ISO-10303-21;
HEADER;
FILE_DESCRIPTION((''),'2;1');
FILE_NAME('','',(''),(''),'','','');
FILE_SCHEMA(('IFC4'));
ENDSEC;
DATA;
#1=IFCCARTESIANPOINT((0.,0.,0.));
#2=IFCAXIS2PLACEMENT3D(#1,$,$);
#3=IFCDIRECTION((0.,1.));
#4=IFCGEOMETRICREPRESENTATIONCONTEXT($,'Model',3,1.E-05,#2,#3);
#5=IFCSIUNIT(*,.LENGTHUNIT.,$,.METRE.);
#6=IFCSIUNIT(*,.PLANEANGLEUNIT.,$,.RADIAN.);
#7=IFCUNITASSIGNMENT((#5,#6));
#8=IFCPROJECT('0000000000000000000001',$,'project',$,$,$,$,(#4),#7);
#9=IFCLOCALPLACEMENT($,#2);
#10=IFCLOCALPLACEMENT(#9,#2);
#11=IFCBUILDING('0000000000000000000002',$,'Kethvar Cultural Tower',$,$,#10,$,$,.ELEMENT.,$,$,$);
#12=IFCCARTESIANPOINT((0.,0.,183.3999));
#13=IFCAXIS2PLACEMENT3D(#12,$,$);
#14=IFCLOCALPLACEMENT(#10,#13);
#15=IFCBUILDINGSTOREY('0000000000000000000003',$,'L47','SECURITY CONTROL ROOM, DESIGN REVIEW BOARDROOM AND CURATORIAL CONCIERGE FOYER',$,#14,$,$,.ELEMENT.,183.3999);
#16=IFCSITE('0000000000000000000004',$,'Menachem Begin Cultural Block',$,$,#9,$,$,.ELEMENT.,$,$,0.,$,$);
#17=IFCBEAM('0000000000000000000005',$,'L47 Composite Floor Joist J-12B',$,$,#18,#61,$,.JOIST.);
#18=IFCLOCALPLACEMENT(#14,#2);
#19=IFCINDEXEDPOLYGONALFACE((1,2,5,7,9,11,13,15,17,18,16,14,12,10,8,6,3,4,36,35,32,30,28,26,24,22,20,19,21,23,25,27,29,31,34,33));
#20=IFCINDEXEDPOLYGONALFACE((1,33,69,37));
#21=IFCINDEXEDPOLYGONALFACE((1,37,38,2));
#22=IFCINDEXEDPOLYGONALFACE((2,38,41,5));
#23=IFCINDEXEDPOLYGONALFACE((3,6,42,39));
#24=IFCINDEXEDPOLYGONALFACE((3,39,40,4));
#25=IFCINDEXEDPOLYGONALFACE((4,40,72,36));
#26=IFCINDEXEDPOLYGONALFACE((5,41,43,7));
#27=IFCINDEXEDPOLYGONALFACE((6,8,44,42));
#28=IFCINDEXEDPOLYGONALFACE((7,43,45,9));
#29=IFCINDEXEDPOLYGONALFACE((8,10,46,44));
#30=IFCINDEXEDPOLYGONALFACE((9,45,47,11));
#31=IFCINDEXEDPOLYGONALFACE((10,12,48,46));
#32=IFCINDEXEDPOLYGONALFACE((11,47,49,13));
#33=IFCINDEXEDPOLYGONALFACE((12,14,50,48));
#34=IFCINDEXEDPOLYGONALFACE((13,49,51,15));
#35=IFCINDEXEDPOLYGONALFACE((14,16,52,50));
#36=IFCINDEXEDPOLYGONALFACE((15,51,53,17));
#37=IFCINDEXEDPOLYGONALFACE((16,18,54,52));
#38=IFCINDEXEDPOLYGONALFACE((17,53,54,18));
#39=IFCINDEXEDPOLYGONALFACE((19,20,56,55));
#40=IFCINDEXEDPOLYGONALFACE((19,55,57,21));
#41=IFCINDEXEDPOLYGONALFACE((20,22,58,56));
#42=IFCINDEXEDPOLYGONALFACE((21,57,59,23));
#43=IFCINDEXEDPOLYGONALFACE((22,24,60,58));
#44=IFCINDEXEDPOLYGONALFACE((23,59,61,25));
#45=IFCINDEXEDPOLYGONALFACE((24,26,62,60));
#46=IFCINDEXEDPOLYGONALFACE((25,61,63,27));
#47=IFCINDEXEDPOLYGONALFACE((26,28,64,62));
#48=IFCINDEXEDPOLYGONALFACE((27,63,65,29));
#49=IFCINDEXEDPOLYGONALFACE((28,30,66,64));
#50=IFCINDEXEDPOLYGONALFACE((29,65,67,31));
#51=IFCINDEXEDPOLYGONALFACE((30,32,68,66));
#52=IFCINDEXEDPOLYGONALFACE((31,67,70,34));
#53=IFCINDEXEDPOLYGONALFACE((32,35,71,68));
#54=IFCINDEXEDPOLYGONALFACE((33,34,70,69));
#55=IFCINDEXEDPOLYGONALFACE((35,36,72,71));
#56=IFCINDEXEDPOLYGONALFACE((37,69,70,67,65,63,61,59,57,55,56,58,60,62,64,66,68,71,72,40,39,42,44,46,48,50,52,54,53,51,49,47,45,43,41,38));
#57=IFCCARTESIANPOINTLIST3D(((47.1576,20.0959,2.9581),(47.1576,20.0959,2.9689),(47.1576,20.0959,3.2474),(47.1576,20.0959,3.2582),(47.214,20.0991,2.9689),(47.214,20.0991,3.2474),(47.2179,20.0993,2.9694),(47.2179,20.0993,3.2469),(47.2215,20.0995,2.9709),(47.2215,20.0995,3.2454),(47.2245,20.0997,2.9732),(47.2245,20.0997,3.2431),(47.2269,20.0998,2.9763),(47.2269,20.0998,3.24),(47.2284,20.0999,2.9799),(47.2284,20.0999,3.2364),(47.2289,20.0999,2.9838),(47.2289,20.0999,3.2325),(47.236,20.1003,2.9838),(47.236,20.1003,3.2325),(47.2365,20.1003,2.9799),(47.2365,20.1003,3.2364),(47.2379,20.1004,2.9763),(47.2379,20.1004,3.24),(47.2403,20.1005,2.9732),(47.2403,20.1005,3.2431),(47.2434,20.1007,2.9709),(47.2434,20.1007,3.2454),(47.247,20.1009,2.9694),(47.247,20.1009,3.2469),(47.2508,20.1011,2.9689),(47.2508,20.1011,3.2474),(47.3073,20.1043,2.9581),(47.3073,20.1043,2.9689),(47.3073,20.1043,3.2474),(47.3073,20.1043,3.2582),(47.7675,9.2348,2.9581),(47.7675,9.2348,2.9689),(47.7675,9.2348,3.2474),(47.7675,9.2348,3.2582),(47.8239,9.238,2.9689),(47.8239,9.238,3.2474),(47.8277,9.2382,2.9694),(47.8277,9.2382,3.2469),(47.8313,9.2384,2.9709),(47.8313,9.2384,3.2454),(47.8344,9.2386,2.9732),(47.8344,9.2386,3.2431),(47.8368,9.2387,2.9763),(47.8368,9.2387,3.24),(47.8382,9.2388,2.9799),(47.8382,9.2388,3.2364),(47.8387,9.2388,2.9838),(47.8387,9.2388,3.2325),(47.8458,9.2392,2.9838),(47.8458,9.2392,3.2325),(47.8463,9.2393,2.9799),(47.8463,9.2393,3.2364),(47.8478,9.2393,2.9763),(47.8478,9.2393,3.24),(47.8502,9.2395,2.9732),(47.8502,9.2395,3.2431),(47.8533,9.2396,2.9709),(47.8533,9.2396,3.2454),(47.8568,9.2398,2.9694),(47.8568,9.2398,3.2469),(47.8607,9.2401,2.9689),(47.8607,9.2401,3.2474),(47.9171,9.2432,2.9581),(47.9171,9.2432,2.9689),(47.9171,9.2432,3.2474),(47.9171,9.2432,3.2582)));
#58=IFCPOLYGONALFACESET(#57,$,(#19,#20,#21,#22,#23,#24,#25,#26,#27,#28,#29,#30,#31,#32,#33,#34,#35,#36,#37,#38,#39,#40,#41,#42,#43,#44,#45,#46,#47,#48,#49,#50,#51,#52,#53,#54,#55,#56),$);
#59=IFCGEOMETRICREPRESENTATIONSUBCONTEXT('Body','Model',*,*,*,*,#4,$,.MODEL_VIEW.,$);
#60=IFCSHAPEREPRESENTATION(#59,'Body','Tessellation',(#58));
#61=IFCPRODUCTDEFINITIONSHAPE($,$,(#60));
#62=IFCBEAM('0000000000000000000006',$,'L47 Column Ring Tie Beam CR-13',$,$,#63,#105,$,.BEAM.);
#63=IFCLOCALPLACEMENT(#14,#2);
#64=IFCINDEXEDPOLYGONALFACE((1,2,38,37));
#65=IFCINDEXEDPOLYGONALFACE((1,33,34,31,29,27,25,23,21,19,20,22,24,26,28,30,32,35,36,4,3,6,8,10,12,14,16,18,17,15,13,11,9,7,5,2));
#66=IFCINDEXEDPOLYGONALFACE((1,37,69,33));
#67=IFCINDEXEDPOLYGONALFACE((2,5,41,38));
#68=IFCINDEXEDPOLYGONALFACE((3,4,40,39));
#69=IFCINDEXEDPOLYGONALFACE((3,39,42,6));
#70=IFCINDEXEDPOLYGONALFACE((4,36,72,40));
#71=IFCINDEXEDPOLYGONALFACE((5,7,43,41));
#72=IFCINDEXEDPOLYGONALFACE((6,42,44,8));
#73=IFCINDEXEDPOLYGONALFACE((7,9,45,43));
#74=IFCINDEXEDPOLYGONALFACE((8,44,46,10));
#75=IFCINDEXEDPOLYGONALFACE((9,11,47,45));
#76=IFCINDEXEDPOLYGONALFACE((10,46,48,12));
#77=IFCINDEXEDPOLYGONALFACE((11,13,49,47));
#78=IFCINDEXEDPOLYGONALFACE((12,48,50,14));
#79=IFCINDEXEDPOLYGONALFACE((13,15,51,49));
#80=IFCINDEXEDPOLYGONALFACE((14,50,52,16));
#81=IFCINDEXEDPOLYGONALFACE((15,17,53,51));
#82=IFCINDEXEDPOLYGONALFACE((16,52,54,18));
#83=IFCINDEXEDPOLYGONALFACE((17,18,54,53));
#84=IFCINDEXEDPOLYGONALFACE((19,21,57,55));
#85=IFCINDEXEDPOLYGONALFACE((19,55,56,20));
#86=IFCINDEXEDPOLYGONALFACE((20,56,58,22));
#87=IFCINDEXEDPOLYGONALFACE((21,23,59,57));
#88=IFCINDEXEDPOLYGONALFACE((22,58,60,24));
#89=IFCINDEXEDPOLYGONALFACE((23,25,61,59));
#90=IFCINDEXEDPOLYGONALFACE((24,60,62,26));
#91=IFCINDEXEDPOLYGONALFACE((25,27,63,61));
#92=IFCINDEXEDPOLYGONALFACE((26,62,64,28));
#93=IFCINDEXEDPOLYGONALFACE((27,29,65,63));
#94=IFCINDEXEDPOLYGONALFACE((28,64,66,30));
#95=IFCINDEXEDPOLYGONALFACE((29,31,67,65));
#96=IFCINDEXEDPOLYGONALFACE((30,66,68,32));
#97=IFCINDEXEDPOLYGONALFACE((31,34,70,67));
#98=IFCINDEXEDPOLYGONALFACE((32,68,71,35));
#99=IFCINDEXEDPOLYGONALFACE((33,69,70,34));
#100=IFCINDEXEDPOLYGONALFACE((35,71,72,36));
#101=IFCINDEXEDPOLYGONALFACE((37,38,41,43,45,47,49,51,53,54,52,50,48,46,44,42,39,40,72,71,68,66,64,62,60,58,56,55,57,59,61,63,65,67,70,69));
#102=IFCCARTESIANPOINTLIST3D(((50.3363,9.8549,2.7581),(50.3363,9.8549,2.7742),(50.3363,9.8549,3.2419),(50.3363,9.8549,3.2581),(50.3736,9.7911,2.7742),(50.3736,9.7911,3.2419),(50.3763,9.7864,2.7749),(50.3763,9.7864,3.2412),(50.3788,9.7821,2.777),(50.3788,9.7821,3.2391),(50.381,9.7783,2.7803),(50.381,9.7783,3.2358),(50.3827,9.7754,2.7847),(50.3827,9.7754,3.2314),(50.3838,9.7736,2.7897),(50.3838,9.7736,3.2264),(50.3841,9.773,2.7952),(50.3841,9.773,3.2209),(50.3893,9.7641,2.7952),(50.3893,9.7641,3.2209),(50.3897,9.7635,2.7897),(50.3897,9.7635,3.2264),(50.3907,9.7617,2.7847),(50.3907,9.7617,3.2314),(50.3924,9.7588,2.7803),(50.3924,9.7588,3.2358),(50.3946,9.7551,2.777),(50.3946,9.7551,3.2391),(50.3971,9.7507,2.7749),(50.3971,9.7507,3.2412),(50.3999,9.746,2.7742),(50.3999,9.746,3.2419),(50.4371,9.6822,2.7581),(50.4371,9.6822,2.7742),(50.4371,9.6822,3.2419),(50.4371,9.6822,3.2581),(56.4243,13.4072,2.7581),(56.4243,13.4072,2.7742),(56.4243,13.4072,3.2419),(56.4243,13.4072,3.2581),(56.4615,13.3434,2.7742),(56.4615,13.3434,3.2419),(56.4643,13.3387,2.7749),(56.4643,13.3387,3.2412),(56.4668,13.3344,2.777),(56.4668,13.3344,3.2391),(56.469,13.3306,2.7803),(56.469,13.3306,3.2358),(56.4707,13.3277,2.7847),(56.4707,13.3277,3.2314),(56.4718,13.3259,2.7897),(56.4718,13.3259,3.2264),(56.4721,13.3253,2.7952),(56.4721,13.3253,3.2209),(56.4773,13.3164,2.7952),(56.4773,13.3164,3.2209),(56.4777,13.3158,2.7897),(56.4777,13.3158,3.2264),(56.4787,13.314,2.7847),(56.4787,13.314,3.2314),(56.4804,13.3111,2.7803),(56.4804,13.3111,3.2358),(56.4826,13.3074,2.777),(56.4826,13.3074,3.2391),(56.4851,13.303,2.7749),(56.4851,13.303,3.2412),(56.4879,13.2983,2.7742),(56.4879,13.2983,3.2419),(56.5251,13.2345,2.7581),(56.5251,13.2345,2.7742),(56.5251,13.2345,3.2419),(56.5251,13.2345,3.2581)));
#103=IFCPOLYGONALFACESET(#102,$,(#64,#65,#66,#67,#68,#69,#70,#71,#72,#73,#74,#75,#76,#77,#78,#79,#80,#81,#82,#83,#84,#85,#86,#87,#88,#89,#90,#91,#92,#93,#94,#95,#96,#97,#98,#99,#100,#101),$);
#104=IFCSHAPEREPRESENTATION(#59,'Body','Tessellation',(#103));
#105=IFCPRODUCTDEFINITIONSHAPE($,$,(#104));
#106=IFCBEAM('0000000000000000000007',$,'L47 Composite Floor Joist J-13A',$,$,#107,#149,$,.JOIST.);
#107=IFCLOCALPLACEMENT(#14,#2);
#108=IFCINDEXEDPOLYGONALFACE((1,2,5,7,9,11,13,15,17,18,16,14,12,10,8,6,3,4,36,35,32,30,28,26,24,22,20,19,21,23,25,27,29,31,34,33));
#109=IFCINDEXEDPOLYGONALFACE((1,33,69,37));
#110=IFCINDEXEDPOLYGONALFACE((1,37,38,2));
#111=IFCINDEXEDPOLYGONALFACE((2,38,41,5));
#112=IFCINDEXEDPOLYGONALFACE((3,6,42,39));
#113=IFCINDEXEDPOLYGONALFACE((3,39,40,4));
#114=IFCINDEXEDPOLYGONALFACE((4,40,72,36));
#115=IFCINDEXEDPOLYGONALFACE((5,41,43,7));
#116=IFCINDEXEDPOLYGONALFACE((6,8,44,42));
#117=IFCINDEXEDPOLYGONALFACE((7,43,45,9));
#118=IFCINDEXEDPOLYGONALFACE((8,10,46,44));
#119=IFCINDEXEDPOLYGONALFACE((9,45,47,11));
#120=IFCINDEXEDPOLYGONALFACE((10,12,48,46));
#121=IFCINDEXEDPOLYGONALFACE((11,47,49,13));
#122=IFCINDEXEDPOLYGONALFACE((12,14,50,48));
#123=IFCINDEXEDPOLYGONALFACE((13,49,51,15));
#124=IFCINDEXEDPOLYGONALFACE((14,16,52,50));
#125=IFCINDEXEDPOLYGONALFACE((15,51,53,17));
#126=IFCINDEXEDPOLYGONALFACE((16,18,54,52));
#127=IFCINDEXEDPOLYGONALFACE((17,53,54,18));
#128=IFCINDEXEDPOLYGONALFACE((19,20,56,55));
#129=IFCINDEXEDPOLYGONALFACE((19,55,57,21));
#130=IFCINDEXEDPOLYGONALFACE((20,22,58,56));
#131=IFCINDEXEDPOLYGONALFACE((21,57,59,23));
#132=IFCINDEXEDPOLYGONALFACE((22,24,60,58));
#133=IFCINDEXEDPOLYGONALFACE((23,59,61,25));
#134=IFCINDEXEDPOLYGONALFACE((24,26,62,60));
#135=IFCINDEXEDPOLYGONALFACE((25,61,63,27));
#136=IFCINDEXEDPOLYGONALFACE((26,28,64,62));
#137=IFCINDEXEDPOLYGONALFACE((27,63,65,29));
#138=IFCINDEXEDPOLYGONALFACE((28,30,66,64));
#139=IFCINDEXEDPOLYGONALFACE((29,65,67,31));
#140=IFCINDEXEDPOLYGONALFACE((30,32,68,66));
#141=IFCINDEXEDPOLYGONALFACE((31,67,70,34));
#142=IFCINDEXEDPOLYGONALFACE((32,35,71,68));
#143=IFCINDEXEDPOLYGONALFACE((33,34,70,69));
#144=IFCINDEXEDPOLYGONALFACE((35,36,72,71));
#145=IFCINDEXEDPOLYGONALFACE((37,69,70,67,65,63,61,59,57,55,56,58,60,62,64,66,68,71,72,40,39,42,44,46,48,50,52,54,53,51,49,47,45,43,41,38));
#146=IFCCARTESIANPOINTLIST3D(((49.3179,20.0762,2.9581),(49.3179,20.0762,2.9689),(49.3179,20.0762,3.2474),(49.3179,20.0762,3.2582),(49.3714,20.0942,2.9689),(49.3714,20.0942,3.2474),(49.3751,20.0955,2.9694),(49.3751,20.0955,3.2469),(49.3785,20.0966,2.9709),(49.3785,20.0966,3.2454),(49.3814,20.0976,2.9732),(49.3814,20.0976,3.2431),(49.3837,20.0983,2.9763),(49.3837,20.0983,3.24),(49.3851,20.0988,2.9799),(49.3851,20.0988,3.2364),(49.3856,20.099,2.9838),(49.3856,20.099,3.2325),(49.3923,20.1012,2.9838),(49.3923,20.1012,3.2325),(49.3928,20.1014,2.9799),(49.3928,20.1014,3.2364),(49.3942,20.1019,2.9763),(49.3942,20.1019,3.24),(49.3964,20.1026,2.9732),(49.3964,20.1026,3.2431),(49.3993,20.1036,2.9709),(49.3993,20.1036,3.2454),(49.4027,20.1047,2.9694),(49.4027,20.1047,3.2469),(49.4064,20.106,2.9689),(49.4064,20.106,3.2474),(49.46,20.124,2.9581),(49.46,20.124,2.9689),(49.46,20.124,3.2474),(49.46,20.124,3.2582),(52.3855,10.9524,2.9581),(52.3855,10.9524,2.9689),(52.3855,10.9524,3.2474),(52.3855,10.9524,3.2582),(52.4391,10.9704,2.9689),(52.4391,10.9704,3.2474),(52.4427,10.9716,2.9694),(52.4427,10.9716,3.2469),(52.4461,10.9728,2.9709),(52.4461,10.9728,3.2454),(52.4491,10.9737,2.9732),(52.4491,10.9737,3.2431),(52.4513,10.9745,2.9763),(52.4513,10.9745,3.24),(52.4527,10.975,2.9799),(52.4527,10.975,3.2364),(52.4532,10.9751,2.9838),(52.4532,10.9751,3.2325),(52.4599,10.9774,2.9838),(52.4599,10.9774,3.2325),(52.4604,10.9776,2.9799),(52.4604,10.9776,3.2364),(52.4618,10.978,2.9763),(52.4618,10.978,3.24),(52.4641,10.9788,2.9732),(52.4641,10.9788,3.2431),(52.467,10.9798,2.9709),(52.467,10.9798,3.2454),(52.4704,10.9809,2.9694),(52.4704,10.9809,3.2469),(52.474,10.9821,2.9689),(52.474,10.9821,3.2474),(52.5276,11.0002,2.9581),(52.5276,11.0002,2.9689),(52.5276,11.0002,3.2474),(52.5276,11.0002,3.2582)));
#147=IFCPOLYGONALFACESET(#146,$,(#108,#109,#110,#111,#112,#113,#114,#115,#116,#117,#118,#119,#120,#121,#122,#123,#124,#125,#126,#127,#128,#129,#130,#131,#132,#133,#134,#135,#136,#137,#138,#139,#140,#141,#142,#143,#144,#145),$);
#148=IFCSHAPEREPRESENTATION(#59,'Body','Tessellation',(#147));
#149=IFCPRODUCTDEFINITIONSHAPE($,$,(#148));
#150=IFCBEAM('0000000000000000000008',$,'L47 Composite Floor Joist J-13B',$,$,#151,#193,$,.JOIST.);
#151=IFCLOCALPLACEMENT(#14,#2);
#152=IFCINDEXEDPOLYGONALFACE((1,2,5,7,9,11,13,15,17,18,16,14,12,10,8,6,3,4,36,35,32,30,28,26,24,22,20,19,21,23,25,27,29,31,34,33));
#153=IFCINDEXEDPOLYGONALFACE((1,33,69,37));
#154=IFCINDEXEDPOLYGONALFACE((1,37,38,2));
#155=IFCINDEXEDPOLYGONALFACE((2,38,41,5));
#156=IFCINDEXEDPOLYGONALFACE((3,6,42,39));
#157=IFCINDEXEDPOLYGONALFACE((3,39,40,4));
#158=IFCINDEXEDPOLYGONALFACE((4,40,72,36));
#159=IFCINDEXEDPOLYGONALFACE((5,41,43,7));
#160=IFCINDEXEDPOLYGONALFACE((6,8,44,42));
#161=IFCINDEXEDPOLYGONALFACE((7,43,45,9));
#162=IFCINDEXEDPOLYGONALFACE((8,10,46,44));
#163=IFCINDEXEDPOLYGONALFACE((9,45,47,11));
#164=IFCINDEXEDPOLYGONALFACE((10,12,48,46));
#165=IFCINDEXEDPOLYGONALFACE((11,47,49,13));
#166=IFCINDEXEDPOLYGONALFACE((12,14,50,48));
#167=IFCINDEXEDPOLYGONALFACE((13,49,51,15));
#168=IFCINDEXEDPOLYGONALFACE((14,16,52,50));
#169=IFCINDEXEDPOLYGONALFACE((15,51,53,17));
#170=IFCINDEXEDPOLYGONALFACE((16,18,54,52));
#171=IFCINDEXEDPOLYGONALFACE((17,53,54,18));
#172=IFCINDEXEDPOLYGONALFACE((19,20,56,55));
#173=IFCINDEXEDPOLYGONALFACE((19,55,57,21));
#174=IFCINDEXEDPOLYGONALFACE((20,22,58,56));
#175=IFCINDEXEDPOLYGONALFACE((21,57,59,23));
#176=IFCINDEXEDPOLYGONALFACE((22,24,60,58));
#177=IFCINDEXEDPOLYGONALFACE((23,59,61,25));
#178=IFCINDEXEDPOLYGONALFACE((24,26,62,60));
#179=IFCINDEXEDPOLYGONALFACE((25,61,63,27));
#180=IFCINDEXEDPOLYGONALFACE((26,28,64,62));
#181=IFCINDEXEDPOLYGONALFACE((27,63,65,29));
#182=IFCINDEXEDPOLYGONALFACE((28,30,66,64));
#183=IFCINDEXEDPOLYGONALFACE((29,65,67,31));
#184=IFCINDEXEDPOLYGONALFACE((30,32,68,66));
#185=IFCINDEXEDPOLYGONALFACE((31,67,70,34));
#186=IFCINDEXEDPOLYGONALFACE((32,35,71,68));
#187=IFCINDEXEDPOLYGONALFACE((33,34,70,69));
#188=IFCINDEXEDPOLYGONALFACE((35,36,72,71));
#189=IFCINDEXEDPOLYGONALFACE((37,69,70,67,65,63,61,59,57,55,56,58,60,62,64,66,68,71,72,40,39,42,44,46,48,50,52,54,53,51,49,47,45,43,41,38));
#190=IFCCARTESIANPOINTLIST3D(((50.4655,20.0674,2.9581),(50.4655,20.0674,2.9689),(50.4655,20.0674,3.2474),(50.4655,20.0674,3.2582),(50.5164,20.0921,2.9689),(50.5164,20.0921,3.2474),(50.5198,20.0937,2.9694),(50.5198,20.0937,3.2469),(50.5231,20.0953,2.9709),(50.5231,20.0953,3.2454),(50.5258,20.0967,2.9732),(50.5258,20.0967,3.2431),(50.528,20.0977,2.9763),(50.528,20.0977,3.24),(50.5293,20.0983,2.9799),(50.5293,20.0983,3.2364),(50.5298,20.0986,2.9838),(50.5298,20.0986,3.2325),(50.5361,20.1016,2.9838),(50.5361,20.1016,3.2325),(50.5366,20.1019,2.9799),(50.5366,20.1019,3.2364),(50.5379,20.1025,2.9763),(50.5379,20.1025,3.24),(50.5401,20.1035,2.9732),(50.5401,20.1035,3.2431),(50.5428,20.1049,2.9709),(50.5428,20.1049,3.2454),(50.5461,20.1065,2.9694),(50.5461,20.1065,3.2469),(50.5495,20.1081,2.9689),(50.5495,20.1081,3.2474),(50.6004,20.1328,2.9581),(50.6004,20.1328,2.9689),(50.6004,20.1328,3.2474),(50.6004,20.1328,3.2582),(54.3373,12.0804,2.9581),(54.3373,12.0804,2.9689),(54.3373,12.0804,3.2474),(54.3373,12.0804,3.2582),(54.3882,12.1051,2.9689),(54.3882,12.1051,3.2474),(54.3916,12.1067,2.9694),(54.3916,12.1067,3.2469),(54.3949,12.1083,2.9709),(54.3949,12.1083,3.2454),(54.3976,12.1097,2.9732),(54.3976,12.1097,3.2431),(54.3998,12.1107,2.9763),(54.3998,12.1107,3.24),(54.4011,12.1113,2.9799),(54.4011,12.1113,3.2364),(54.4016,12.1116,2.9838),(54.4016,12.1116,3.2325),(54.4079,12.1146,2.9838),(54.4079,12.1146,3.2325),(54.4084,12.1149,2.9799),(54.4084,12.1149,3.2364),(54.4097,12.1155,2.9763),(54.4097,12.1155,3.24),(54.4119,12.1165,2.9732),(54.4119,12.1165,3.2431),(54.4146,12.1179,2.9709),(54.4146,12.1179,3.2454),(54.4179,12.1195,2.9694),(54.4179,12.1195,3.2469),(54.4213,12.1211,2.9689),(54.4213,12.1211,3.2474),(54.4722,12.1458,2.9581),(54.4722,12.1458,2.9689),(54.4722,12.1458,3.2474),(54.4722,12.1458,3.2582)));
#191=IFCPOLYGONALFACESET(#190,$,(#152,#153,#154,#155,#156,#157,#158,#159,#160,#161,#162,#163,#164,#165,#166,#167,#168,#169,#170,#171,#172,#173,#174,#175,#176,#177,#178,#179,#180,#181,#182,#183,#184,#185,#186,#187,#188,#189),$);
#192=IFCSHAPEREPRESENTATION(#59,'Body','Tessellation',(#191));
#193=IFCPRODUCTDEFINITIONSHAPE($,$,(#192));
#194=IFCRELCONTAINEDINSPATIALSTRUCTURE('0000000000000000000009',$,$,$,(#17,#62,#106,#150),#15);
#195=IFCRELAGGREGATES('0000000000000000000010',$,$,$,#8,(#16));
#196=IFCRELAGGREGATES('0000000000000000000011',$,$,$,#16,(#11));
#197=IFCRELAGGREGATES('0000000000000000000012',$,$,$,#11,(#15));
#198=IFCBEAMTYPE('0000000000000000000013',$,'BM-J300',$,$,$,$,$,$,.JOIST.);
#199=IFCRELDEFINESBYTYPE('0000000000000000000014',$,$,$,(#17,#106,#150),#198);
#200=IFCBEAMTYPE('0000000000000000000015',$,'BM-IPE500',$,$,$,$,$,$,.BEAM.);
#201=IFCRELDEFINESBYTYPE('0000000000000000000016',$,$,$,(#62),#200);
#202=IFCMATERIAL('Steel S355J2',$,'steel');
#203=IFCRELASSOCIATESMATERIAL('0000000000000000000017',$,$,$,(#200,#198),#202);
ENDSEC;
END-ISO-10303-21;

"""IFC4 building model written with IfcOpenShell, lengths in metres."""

from ifc_helpers import new_model, si_unit, direction, frame, origin, origin_2d, place, context, subcontext, project, spatial, i_section, extrude, source, transform, mapped, material, material_profile, profile_set, type_object, element, save


model = new_model("IFC4")

# Units and contexts
model_context = context("Model", 3, precision=1e-05, world=origin(), true_north=direction((0.0, 1.0)))
body_context = subcontext(model_context, "Body", "Model", "MODEL_VIEW")
ifc_project = project(units=[si_unit("LENGTHUNIT", "METRE"), si_unit("PLANEANGLEUNIT", "RADIAN")], contexts=[model_context])

# Site, building, storey
site_placement = place(None, origin())
site = spatial("IfcSite", under=ifc_project, at=site_placement, Name="Menachem Begin Cultural Block", CompositionType="ELEMENT", RefElevation=0.0)
building_placement = place(site_placement, origin())
building = spatial("IfcBuilding", under=site, at=building_placement, Name="Kethvar Cultural Tower", CompositionType="ELEMENT")
storey_placement = place(building_placement, frame((0.0, 0.0, 183.3999)))
storey = spatial("IfcBuildingStorey", under=building, at=storey_placement, Name="L47", Description="SECURITY CONTROL ROOM, DESIGN REVIEW BOARDROOM AND CURATORIAL CONCIERGE FOYER", CompositionType="ELEMENT", Elevation=183.3999)

# Beams
ifc_material_1 = material(Name="Steel S355J2", Category="steel")
ifc_material_profile_1 = material_profile(ifc_material_1, i_section(OverallWidth=0.2, OverallDepth=0.5, WebThickness=0.0103, FlangeThickness=0.0161, FilletRadius=0.021, at=origin_2d()), Name="Steel S355J2 — IPE500")
ifc_profile_set_1 = profile_set([ifc_material_profile_1], Name="Steel S355J2 — IPE500")
beam_type_1 = type_object("IfcBeamType", Name="BM-IPE500", PredefinedType="BEAM", material=ifc_profile_set_1)
ifc_material_profile_2 = material_profile(ifc_material_1, i_section(OverallWidth=0.1499, OverallDepth=0.3, WebThickness=0.0071, FlangeThickness=0.0107, FilletRadius=0.0149, at=origin_2d()), Name="Steel S355J2 — IPE300")
ifc_profile_set_2 = profile_set([ifc_material_profile_2], Name="Steel S355J2 — IPE300")
beam_type_2 = type_object("IfcBeamType", Name="BM-J300", PredefinedType="JOIST", material=ifc_profile_set_2)
shared_shape_1 = source(origin(), body_context, "Body", "SweptSolid", [
    extrude(i_section(OverallWidth=0.1499, OverallDepth=0.3, WebThickness=0.0071, FlangeThickness=0.0107, FilletRadius=0.0149, at=origin_2d()), origin(), (0.0, 0.0, 1.0), 10.8782),
])
beam_1_placement = place(storey_placement, frame((47.2324, 20.1001, 3.1082), z_axis=(0.056063, -0.998427, 0.0), x_axis=(0.998427, 0.056063, 0.0)))
element("IfcBeam", 1, at=beam_1_placement, inside=storey, type_object=beam_type_2, Name="L47 Composite Floor Joist J-12B", PredefinedType="JOIST", context=body_context, shape_type="MappedRepresentation", body=[
    mapped(shared_shape_1, transform((0.0, 0.0, 0.0), scale=1.0)),
])
shared_shape_2 = source(origin(), body_context, "Body", "SweptSolid", [
    extrude(i_section(OverallWidth=0.2, OverallDepth=0.5, WebThickness=0.0103, FlangeThickness=0.0161, FilletRadius=0.021, at=origin_2d()), origin(), (0.0, 0.0, 1.0), 7.0486),
])
beam_2_placement = place(storey_placement, frame((50.3867, 9.7686, 3.0081), z_axis=(0.863719, 0.503974, 0.0), x_axis=(-0.503974, 0.863719, 0.0)))
element("IfcBeam", 2, at=beam_2_placement, inside=storey, type_object=beam_type_1, Name="L47 Column Ring Tie Beam CR-13", PredefinedType="BEAM", context=body_context, shape_type="MappedRepresentation", body=[
    mapped(shared_shape_2, transform((0.0, 0.0, 0.0), scale=1.0)),
])
shared_shape_3 = source(origin(), body_context, "Body", "SweptSolid", [
    extrude(i_section(OverallWidth=0.1499, OverallDepth=0.3, WebThickness=0.0071, FlangeThickness=0.0107, FilletRadius=0.0149, at=origin_2d()), origin(), (0.0, 0.0, 1.0), 9.6257),
])
beam_3_placement = place(storey_placement, frame((49.3889, 20.1001, 3.1082), z_axis=(0.318692, -0.947858, 0.0), x_axis=(0.947858, 0.318692, 0.0)))
element("IfcBeam", 3, at=beam_3_placement, inside=storey, type_object=beam_type_2, Name="L47 Composite Floor Joist J-13A", PredefinedType="JOIST", context=body_context, shape_type="MappedRepresentation", body=[
    mapped(shared_shape_3, transform((0.0, 0.0, 0.0), scale=1.0)),
])
shared_shape_4 = source(origin(), body_context, "Body", "SweptSolid", [
    extrude(i_section(OverallWidth=0.1499, OverallDepth=0.3, WebThickness=0.0071, FlangeThickness=0.0107, FilletRadius=0.0149, at=origin_2d()), origin(), (0.0, 0.0, 1.0), 8.876),
])
beam_4_placement = place(storey_placement, frame((50.533, 20.1001, 3.1082), z_axis=(0.436211, -0.899845, 0.0), x_axis=(0.899845, 0.436211, 0.0)))
element("IfcBeam", 4, at=beam_4_placement, inside=storey, type_object=beam_type_2, Name="L47 Composite Floor Joist J-13B", PredefinedType="JOIST", context=body_context, shape_type="MappedRepresentation", body=[
    mapped(shared_shape_4, transform((0.0, 0.0, 0.0), scale=1.0)),
])

save(model, "model.ifc")
